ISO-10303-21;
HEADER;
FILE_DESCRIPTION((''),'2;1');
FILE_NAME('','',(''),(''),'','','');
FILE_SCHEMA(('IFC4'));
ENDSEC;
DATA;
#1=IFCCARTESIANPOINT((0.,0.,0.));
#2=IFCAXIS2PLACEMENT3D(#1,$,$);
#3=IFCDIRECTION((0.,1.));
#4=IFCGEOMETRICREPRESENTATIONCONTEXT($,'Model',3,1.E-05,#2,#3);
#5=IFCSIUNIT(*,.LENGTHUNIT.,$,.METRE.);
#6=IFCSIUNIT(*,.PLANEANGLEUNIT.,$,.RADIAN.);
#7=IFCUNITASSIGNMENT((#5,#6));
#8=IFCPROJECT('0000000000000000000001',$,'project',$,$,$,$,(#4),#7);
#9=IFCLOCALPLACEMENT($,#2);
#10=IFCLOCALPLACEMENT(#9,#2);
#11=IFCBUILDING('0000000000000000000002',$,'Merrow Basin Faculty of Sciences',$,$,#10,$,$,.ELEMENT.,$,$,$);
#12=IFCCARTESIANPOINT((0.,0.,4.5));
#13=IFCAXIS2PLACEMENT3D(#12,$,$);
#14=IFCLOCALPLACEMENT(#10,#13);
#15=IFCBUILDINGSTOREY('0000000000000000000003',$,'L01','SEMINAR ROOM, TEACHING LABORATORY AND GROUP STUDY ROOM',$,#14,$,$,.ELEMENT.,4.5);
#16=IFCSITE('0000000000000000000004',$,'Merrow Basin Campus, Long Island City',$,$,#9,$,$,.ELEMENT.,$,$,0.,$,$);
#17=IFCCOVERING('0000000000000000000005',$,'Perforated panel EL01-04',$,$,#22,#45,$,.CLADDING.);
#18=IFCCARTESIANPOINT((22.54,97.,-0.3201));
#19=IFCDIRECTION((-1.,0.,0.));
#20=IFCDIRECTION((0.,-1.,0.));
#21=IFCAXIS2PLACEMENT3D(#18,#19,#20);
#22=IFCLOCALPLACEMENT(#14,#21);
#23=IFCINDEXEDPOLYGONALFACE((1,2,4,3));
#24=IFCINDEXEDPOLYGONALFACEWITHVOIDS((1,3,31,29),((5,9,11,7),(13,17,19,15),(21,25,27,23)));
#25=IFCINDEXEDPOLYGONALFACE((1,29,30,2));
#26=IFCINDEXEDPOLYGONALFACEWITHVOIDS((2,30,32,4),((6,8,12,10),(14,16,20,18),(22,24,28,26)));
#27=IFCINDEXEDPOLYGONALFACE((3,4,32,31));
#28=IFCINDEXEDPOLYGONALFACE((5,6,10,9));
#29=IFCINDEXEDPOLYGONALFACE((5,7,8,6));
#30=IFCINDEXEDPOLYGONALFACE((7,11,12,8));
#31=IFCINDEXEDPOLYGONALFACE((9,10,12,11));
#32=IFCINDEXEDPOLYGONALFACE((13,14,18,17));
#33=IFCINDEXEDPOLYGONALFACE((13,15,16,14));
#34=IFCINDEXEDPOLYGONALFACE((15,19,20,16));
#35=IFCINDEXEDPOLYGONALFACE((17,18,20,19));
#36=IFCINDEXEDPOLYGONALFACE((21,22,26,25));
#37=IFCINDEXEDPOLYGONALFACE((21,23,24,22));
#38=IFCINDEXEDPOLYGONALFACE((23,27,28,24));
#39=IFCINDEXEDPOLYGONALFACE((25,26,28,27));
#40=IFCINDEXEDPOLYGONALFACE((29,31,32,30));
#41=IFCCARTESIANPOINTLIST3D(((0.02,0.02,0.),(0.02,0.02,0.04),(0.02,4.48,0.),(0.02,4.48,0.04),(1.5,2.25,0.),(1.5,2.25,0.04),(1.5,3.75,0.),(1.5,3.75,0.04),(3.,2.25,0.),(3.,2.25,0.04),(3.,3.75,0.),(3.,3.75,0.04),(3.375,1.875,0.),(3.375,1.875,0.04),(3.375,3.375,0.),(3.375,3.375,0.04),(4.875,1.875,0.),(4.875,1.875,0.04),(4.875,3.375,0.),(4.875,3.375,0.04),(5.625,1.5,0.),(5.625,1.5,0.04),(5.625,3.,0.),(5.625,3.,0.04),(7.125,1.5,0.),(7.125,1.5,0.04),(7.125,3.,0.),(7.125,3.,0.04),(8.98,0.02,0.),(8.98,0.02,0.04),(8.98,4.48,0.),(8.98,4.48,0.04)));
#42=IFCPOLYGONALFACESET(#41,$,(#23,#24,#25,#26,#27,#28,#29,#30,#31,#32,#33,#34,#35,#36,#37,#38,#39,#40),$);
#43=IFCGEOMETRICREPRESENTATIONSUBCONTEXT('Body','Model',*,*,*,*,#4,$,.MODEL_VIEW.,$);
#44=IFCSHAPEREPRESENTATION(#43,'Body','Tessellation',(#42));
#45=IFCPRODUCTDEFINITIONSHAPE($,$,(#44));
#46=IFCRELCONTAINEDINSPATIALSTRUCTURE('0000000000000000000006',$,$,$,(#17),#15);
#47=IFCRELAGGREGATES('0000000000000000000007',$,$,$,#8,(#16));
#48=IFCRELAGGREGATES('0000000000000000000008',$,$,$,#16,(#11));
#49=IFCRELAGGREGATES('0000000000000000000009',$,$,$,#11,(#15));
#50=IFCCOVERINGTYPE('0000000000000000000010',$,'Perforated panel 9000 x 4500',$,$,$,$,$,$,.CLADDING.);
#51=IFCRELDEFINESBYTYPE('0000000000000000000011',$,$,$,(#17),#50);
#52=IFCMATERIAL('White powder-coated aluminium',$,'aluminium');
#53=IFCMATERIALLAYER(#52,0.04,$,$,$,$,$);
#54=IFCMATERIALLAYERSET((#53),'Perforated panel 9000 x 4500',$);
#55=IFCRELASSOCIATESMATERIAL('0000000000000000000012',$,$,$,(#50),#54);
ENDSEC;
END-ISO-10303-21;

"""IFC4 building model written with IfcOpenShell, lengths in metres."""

from ifc_helpers import new_model, si_unit, direction, frame, origin, place, context, subcontext, project, spatial, polyline, outline, extrude, source, transform, mapped, material, layer, layer_set, type_object, element, save


model = new_model("IFC4")

# Units and contexts
model_context = context("Model", 3, precision=1e-05, world=origin(), true_north=direction((0.0, 1.0)))
body_context = subcontext(model_context, "Body", "Model", "MODEL_VIEW")
ifc_project = project(units=[si_unit("LENGTHUNIT", "METRE"), si_unit("PLANEANGLEUNIT", "RADIAN")], contexts=[model_context])

# Site, building, storey
site_placement = place(None, origin())
site = spatial("IfcSite", under=ifc_project, at=site_placement, Name="Merrow Basin Campus, Long Island City", CompositionType="ELEMENT", RefElevation=0.0)
building_placement = place(site_placement, origin())
building = spatial("IfcBuilding", under=site, at=building_placement, Name="Merrow Basin Faculty of Sciences", CompositionType="ELEMENT")
storey_placement = place(building_placement, frame((0.0, 0.0, 4.5)))
storey = spatial("IfcBuildingStorey", under=building, at=storey_placement, Name="L01", Description="SEMINAR ROOM, TEACHING LABORATORY AND GROUP STUDY ROOM", CompositionType="ELEMENT", Elevation=4.5)

# Covering
ifc_material_1 = material(Name="White powder-coated aluminium", Category="aluminium")
ifc_layer_1 = layer(ifc_material_1, 0.04)
ifc_layer_set_1 = layer_set([ifc_layer_1], Name="Perforated panel 9000 x 4500")
covering_type = type_object("IfcCoveringType", Name="Perforated panel 9000 x 4500", PredefinedType="CLADDING", material=ifc_layer_set_1)
shared_shape_1 = source(origin(), body_context, "Body", "SweptSolid", [
    extrude(outline(polyline([(0.02, 0.02), (8.98, 0.02), (8.98, 4.48), (0.02, 4.48), (0.02, 0.02)]), holes=[polyline([(5.625, 1.5), (7.125, 1.5), (7.125, 3.0), (5.625, 3.0), (5.625, 1.5)]), polyline([(3.375, 1.875), (4.875, 1.875), (4.875, 3.375), (3.375, 3.375), (3.375, 1.875)]), polyline([(1.5, 2.25), (3.0, 2.25), (3.0, 3.75), (1.5, 3.75), (1.5, 2.25)])]), origin(), (0.0, 0.0, 1.0), 0.04),
])
covering_1_placement = place(storey_placement, frame((22.54, 97.0, -0.3201), z_axis=(-1.0, 0.0, 0.0), x_axis=(0.0, -1.0, 0.0)))
element("IfcCovering", 1, at=covering_1_placement, inside=storey, type_object=covering_type, Name="Perforated panel EL01-04", PredefinedType="CLADDING", context=body_context, shape_type="MappedRepresentation", body=[
    mapped(shared_shape_1, transform((0.0, 0.0, 0.0), scale=1.0)),
])

save(model, "model.ifc")
